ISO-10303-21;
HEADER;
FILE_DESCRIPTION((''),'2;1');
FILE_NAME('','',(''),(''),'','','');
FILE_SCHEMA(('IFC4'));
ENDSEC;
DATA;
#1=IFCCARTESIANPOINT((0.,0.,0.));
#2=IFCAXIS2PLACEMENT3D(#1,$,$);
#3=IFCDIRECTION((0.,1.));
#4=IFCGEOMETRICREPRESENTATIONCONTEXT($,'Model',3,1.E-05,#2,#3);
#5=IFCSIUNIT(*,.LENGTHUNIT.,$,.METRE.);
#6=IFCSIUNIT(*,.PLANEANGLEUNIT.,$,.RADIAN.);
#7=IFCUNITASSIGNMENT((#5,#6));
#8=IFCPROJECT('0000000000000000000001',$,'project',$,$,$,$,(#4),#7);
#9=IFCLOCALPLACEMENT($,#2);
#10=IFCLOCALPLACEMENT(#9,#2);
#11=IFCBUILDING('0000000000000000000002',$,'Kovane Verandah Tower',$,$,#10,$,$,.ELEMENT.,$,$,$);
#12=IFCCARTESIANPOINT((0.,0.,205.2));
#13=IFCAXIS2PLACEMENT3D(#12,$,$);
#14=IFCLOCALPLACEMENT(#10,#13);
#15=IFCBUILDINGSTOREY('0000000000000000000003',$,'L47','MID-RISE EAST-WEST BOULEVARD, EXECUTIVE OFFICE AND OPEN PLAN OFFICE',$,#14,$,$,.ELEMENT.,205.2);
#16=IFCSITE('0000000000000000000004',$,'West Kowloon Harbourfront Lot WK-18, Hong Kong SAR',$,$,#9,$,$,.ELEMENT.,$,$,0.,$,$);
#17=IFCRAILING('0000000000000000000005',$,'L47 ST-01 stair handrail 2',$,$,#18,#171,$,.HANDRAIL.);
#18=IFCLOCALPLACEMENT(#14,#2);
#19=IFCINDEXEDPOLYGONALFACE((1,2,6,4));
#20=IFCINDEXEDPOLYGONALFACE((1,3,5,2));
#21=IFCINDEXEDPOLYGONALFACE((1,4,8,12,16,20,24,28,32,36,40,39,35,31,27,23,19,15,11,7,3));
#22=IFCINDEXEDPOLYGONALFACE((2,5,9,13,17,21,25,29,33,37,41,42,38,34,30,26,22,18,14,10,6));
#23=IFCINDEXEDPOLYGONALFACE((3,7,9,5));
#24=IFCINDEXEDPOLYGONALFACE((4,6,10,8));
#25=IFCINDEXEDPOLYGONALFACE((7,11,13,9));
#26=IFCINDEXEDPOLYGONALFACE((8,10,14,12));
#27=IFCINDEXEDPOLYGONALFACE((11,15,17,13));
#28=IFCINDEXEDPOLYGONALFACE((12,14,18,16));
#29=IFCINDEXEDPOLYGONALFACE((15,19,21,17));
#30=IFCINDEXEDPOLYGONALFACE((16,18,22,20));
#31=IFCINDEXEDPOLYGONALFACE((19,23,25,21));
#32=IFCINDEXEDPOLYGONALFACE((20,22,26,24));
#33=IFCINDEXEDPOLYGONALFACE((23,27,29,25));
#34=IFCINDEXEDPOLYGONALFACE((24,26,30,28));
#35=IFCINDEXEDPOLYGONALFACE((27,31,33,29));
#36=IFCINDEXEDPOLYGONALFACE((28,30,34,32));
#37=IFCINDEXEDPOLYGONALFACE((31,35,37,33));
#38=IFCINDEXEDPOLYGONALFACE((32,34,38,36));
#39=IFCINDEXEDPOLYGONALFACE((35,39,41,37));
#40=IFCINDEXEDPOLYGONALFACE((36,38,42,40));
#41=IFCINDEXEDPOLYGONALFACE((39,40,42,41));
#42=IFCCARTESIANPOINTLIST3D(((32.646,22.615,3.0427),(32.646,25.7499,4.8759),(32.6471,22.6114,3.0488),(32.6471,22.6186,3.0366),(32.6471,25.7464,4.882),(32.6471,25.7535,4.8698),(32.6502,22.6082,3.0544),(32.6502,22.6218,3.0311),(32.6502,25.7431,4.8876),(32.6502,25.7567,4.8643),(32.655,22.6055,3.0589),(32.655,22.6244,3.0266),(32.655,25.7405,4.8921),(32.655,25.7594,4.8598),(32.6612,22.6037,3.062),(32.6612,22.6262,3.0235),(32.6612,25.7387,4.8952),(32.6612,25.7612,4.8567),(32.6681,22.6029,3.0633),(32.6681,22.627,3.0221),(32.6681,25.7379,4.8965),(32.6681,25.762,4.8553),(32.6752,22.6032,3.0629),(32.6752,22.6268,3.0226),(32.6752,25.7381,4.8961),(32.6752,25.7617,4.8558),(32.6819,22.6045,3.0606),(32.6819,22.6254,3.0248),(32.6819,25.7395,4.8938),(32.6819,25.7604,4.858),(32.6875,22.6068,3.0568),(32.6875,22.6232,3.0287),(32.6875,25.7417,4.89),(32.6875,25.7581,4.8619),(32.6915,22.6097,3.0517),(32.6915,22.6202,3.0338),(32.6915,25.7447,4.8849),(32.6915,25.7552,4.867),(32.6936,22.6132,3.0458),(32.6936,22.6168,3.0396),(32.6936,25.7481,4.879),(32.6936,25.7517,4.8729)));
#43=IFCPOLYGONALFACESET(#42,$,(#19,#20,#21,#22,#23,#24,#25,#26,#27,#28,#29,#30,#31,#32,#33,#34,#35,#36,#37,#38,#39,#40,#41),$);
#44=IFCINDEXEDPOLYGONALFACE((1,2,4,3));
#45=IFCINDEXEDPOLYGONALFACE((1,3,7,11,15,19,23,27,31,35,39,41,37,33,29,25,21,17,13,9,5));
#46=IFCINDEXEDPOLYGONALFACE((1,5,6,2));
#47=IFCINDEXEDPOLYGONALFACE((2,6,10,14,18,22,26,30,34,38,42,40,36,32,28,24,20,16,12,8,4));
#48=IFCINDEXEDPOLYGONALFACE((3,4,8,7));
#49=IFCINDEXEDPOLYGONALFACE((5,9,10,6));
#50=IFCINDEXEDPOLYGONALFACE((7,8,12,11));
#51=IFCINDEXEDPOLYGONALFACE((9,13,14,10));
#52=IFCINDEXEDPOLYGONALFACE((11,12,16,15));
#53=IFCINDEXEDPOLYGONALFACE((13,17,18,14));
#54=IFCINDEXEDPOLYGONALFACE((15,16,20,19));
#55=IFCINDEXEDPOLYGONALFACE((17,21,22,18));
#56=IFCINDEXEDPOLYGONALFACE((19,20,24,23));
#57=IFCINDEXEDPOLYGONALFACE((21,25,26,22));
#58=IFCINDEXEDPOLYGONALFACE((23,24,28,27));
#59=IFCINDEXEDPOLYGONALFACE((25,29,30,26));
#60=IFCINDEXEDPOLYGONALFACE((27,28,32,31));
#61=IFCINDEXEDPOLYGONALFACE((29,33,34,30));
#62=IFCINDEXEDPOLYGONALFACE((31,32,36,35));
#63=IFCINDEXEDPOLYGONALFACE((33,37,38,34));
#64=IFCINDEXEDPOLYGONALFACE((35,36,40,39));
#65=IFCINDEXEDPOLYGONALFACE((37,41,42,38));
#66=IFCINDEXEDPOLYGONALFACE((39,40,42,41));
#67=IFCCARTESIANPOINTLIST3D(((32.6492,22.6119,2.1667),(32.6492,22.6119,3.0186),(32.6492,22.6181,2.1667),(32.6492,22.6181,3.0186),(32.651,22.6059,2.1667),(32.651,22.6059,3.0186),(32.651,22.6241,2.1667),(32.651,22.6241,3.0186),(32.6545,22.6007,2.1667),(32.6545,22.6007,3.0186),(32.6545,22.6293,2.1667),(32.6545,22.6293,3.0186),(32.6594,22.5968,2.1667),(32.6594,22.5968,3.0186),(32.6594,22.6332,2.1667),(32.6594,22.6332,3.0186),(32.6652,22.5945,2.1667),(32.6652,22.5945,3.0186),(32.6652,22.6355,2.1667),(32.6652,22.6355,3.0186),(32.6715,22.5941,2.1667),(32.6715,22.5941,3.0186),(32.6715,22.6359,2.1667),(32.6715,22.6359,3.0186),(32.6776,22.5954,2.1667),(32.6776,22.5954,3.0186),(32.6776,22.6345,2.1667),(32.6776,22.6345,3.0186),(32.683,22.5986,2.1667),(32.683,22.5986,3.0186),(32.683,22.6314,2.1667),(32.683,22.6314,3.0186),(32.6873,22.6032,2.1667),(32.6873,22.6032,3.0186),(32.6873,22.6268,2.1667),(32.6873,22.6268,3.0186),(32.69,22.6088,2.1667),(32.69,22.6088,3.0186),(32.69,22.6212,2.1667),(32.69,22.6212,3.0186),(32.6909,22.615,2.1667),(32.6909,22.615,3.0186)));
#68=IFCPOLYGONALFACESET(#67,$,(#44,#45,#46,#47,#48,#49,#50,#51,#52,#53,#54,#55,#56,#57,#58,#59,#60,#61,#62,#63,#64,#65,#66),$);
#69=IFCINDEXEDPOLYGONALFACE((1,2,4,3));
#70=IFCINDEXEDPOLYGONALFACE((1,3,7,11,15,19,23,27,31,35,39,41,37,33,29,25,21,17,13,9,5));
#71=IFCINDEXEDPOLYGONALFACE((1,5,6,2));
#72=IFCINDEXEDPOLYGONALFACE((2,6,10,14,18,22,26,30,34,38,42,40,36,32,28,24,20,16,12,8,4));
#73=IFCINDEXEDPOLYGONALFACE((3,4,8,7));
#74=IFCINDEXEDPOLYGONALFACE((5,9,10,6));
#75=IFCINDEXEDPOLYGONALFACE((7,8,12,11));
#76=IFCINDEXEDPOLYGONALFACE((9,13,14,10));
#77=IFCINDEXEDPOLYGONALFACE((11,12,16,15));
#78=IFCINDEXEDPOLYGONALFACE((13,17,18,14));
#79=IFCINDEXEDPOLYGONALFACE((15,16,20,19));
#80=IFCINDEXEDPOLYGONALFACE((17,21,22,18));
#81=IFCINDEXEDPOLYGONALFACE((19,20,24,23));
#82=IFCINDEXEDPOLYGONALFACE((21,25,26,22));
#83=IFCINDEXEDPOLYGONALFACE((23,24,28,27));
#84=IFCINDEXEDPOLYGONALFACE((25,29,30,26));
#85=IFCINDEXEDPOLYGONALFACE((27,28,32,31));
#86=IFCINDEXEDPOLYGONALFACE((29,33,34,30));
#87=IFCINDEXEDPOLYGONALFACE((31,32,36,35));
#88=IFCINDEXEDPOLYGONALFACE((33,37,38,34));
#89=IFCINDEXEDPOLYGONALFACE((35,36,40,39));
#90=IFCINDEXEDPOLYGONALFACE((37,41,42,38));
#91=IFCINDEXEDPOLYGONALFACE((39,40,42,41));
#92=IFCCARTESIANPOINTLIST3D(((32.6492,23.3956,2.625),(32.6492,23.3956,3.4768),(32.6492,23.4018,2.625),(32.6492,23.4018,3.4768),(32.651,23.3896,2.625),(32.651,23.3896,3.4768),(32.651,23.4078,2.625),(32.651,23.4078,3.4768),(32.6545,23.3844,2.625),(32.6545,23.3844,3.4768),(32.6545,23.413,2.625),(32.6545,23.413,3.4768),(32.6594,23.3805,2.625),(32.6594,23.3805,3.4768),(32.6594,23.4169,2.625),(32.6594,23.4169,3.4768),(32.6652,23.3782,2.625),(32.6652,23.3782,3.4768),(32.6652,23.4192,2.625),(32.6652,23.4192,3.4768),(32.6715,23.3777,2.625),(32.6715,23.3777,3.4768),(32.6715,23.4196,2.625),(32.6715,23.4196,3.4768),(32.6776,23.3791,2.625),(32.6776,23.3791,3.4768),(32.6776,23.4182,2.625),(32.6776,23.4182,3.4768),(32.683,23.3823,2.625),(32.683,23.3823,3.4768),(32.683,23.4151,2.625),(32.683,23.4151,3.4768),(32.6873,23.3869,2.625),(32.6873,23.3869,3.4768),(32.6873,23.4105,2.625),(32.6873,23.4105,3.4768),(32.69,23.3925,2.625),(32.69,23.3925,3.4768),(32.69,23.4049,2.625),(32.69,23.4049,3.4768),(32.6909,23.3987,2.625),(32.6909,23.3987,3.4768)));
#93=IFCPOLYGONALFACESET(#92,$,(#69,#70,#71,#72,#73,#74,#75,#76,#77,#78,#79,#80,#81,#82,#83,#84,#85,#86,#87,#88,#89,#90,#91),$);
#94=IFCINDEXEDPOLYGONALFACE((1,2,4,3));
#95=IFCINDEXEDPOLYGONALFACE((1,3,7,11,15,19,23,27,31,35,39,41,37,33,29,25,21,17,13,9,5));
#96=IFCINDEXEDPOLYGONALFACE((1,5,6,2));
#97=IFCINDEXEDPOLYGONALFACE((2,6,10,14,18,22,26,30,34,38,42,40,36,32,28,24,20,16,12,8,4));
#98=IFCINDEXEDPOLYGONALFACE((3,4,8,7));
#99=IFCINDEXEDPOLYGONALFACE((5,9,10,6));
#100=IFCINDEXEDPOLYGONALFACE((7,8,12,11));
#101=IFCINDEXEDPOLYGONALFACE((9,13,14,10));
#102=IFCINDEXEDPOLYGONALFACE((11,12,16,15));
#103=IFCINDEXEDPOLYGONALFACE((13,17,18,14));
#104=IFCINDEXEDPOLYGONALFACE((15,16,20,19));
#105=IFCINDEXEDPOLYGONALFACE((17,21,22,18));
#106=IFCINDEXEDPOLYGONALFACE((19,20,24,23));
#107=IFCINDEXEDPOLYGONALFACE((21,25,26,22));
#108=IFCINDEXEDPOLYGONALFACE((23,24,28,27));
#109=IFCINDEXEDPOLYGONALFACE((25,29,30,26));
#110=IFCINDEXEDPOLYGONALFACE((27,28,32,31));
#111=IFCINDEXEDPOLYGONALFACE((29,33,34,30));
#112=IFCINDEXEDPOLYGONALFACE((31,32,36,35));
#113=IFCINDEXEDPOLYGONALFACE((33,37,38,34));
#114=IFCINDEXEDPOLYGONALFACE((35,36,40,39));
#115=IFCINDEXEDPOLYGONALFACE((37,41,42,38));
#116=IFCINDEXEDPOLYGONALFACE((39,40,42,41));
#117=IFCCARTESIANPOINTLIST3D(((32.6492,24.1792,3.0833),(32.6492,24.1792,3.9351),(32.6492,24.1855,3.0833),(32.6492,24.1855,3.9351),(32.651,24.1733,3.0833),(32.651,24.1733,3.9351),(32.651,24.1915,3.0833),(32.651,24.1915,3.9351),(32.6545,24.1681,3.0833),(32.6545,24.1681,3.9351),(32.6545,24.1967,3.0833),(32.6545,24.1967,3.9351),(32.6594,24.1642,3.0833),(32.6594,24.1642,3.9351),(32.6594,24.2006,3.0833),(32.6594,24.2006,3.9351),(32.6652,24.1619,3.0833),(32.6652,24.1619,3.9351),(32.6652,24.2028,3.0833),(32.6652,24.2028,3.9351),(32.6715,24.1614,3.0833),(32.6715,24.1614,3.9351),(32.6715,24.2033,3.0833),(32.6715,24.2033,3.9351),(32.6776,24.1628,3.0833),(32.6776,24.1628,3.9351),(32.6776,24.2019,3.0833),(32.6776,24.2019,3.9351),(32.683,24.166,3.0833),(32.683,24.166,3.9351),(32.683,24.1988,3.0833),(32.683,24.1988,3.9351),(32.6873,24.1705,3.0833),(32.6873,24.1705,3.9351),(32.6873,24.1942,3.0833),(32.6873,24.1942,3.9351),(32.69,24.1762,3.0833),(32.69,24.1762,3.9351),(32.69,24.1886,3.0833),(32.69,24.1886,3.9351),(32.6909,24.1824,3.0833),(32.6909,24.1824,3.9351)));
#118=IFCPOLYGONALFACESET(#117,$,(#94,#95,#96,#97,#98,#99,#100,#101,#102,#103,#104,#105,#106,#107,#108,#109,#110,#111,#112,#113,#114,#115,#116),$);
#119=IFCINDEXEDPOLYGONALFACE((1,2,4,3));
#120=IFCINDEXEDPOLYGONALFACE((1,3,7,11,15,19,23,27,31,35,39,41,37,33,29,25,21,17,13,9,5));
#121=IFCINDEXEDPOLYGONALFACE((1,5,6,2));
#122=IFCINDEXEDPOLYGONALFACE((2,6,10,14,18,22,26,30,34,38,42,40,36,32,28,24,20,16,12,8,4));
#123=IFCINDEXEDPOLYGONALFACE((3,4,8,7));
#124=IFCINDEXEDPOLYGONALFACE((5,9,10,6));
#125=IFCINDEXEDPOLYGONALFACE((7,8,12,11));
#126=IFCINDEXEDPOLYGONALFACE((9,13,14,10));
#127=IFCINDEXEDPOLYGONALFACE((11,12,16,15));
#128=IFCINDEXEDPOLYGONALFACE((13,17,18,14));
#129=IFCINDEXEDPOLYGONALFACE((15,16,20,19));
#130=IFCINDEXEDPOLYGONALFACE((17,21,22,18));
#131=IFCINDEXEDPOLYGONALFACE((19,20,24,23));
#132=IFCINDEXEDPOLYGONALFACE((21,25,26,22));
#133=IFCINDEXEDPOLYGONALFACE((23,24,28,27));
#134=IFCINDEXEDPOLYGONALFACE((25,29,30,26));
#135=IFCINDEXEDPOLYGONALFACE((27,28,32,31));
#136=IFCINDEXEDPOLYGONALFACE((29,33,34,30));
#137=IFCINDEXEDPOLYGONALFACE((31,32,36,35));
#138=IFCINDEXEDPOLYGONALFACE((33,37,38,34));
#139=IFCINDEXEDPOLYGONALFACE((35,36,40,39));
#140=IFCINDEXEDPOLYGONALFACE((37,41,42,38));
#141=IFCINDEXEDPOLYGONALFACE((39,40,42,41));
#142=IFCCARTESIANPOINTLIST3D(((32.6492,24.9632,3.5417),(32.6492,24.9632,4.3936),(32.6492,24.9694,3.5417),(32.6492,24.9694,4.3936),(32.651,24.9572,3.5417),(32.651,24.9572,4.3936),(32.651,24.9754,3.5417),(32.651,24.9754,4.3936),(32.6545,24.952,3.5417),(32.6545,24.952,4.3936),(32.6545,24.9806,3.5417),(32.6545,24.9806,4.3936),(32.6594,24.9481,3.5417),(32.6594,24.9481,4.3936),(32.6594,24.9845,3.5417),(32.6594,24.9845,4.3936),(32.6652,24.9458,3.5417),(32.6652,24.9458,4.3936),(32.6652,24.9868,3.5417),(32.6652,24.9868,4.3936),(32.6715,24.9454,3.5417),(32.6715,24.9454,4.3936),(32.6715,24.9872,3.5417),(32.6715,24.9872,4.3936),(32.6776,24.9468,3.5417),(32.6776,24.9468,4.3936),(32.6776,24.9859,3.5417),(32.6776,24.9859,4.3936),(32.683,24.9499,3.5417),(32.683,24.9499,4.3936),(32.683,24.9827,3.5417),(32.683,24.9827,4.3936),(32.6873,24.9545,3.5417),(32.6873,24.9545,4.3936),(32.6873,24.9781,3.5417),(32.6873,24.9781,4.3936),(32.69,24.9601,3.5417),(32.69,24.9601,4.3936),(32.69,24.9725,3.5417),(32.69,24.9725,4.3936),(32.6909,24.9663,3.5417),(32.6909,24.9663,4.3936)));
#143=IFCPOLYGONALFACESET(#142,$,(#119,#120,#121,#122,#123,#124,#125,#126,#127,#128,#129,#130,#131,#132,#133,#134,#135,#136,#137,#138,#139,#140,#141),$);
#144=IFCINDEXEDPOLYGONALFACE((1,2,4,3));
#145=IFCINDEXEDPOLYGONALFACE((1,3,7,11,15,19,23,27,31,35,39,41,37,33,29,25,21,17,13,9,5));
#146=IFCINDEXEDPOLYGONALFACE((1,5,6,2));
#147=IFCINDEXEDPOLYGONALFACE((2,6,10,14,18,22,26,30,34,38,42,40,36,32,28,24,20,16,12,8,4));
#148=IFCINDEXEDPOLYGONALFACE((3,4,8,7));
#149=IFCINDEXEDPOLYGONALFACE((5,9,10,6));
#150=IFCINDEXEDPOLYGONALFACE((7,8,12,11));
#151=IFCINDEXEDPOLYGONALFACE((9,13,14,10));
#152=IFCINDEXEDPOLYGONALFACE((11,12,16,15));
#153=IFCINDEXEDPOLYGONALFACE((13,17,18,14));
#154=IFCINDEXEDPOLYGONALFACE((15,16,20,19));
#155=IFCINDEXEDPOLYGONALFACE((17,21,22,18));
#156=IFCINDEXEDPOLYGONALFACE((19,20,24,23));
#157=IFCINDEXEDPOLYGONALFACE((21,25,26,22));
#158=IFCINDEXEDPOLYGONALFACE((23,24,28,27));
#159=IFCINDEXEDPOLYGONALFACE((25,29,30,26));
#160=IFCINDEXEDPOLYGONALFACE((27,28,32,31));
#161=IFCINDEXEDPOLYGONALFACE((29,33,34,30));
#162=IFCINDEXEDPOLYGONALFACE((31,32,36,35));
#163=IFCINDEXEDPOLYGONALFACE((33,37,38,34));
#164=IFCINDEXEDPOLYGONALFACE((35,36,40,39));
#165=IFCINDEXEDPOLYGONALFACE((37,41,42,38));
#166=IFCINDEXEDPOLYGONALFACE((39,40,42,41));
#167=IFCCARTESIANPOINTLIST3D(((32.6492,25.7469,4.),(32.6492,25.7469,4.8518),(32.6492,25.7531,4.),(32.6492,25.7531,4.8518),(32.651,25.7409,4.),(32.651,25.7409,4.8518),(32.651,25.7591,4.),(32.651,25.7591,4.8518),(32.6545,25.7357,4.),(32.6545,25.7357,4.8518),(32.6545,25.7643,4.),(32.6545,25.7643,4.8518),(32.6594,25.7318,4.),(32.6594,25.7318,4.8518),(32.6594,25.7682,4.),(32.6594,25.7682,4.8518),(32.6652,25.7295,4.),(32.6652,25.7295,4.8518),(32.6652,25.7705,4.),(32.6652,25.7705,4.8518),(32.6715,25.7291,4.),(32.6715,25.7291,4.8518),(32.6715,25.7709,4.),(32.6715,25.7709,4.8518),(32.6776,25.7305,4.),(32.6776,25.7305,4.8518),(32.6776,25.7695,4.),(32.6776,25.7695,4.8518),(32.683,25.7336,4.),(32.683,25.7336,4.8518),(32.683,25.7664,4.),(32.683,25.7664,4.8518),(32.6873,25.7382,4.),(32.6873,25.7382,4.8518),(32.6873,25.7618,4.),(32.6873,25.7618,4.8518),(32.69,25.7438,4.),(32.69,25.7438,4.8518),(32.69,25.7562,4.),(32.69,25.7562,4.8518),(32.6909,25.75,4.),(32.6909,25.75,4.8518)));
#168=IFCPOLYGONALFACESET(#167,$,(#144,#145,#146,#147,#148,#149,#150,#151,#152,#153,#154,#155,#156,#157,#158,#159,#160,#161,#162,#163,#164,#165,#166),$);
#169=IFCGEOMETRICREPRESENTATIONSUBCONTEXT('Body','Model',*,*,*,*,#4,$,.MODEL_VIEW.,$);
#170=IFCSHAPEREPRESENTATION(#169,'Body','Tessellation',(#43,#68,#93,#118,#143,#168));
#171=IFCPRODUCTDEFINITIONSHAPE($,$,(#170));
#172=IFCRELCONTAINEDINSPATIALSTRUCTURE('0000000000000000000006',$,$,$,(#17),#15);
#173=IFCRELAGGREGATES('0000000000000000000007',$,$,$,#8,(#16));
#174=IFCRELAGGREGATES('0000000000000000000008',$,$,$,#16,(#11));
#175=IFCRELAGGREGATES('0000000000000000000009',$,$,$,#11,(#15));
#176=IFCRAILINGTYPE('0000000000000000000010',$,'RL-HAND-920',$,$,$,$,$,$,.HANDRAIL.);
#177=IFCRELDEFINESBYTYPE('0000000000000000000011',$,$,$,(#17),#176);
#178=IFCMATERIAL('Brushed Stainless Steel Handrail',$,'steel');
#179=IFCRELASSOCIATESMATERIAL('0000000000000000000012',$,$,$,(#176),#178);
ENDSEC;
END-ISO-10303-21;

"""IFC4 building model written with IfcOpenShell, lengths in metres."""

from ifc_helpers import new_model, si_unit, direction, frame, origin, origin_2d, place, context, subcontext, project, spatial, circle, extrude, material, type_object, element, save


model = new_model("IFC4")

# Units and contexts
model_context = context("Model", 3, precision=1e-05, world=origin(), true_north=direction((0.0, 1.0)))
body_context = subcontext(model_context, "Body", "Model", "MODEL_VIEW")
ifc_project = project(units=[si_unit("LENGTHUNIT", "METRE"), si_unit("PLANEANGLEUNIT", "RADIAN")], contexts=[model_context])

# Site, building, storey
site_placement = place(None, origin())
site = spatial("IfcSite", under=ifc_project, at=site_placement, Name="West Kowloon Harbourfront Lot WK-18, Hong Kong SAR", CompositionType="ELEMENT", RefElevation=0.0)
building_placement = place(site_placement, origin())
building = spatial("IfcBuilding", under=site, at=building_placement, Name="Kovane Verandah Tower", CompositionType="ELEMENT")
storey_placement = place(building_placement, frame((0.0, 0.0, 205.2)))
storey = spatial("IfcBuildingStorey", under=building, at=storey_placement, Name="L47", Description="MID-RISE EAST-WEST BOULEVARD, EXECUTIVE OFFICE AND OPEN PLAN OFFICE", CompositionType="ELEMENT", Elevation=205.2)

# Railing
ifc_material_1 = material(Name="Brushed Stainless Steel Handrail", Category="steel")
railing_type_1 = type_object("IfcRailingType", Name="RL-HAND-920", PredefinedType="HANDRAIL", material=ifc_material_1)
railing_1_placement = place(storey_placement, frame((32.6699, 22.615, 2.1667)))
element("IfcRailing", 1, at=railing_1_placement, inside=storey, type_object=railing_type_1, Name="L47 ST-01 stair handrail 2", PredefinedType="HANDRAIL", context=body_context, shape_type="SweptSolid", body=[
    extrude(circle(Radius=0.0239, at=origin_2d()), frame((0.0, 0.0, 0.876), z_axis=(0.0, 0.86324, 0.504794), x_axis=(-1.0, 0.0, 0.0)), (0.0, 0.0, 1.0), 3.6316),
    extrude(circle(Radius=0.021, at=origin_2d()), origin(), (0.0, 0.0, 1.0), 0.8518),
    extrude(circle(Radius=0.021, at=origin_2d()), frame((0.0, 0.7837, 0.4583)), (0.0, 0.0, 1.0), 0.8518),
    extrude(circle(Radius=0.021, at=origin_2d()), frame((0.0, 1.5674, 0.9165)), (0.0, 0.0, 1.0), 0.8518),
    extrude(circle(Radius=0.021, at=origin_2d()), frame((0.0, 2.3513, 1.375)), (0.0, 0.0, 1.0), 0.8518),
    extrude(circle(Radius=0.021, at=origin_2d()), frame((0.0, 3.135, 1.8333)), (0.0, 0.0, 1.0), 0.8518),
])

save(model, "model.ifc")
